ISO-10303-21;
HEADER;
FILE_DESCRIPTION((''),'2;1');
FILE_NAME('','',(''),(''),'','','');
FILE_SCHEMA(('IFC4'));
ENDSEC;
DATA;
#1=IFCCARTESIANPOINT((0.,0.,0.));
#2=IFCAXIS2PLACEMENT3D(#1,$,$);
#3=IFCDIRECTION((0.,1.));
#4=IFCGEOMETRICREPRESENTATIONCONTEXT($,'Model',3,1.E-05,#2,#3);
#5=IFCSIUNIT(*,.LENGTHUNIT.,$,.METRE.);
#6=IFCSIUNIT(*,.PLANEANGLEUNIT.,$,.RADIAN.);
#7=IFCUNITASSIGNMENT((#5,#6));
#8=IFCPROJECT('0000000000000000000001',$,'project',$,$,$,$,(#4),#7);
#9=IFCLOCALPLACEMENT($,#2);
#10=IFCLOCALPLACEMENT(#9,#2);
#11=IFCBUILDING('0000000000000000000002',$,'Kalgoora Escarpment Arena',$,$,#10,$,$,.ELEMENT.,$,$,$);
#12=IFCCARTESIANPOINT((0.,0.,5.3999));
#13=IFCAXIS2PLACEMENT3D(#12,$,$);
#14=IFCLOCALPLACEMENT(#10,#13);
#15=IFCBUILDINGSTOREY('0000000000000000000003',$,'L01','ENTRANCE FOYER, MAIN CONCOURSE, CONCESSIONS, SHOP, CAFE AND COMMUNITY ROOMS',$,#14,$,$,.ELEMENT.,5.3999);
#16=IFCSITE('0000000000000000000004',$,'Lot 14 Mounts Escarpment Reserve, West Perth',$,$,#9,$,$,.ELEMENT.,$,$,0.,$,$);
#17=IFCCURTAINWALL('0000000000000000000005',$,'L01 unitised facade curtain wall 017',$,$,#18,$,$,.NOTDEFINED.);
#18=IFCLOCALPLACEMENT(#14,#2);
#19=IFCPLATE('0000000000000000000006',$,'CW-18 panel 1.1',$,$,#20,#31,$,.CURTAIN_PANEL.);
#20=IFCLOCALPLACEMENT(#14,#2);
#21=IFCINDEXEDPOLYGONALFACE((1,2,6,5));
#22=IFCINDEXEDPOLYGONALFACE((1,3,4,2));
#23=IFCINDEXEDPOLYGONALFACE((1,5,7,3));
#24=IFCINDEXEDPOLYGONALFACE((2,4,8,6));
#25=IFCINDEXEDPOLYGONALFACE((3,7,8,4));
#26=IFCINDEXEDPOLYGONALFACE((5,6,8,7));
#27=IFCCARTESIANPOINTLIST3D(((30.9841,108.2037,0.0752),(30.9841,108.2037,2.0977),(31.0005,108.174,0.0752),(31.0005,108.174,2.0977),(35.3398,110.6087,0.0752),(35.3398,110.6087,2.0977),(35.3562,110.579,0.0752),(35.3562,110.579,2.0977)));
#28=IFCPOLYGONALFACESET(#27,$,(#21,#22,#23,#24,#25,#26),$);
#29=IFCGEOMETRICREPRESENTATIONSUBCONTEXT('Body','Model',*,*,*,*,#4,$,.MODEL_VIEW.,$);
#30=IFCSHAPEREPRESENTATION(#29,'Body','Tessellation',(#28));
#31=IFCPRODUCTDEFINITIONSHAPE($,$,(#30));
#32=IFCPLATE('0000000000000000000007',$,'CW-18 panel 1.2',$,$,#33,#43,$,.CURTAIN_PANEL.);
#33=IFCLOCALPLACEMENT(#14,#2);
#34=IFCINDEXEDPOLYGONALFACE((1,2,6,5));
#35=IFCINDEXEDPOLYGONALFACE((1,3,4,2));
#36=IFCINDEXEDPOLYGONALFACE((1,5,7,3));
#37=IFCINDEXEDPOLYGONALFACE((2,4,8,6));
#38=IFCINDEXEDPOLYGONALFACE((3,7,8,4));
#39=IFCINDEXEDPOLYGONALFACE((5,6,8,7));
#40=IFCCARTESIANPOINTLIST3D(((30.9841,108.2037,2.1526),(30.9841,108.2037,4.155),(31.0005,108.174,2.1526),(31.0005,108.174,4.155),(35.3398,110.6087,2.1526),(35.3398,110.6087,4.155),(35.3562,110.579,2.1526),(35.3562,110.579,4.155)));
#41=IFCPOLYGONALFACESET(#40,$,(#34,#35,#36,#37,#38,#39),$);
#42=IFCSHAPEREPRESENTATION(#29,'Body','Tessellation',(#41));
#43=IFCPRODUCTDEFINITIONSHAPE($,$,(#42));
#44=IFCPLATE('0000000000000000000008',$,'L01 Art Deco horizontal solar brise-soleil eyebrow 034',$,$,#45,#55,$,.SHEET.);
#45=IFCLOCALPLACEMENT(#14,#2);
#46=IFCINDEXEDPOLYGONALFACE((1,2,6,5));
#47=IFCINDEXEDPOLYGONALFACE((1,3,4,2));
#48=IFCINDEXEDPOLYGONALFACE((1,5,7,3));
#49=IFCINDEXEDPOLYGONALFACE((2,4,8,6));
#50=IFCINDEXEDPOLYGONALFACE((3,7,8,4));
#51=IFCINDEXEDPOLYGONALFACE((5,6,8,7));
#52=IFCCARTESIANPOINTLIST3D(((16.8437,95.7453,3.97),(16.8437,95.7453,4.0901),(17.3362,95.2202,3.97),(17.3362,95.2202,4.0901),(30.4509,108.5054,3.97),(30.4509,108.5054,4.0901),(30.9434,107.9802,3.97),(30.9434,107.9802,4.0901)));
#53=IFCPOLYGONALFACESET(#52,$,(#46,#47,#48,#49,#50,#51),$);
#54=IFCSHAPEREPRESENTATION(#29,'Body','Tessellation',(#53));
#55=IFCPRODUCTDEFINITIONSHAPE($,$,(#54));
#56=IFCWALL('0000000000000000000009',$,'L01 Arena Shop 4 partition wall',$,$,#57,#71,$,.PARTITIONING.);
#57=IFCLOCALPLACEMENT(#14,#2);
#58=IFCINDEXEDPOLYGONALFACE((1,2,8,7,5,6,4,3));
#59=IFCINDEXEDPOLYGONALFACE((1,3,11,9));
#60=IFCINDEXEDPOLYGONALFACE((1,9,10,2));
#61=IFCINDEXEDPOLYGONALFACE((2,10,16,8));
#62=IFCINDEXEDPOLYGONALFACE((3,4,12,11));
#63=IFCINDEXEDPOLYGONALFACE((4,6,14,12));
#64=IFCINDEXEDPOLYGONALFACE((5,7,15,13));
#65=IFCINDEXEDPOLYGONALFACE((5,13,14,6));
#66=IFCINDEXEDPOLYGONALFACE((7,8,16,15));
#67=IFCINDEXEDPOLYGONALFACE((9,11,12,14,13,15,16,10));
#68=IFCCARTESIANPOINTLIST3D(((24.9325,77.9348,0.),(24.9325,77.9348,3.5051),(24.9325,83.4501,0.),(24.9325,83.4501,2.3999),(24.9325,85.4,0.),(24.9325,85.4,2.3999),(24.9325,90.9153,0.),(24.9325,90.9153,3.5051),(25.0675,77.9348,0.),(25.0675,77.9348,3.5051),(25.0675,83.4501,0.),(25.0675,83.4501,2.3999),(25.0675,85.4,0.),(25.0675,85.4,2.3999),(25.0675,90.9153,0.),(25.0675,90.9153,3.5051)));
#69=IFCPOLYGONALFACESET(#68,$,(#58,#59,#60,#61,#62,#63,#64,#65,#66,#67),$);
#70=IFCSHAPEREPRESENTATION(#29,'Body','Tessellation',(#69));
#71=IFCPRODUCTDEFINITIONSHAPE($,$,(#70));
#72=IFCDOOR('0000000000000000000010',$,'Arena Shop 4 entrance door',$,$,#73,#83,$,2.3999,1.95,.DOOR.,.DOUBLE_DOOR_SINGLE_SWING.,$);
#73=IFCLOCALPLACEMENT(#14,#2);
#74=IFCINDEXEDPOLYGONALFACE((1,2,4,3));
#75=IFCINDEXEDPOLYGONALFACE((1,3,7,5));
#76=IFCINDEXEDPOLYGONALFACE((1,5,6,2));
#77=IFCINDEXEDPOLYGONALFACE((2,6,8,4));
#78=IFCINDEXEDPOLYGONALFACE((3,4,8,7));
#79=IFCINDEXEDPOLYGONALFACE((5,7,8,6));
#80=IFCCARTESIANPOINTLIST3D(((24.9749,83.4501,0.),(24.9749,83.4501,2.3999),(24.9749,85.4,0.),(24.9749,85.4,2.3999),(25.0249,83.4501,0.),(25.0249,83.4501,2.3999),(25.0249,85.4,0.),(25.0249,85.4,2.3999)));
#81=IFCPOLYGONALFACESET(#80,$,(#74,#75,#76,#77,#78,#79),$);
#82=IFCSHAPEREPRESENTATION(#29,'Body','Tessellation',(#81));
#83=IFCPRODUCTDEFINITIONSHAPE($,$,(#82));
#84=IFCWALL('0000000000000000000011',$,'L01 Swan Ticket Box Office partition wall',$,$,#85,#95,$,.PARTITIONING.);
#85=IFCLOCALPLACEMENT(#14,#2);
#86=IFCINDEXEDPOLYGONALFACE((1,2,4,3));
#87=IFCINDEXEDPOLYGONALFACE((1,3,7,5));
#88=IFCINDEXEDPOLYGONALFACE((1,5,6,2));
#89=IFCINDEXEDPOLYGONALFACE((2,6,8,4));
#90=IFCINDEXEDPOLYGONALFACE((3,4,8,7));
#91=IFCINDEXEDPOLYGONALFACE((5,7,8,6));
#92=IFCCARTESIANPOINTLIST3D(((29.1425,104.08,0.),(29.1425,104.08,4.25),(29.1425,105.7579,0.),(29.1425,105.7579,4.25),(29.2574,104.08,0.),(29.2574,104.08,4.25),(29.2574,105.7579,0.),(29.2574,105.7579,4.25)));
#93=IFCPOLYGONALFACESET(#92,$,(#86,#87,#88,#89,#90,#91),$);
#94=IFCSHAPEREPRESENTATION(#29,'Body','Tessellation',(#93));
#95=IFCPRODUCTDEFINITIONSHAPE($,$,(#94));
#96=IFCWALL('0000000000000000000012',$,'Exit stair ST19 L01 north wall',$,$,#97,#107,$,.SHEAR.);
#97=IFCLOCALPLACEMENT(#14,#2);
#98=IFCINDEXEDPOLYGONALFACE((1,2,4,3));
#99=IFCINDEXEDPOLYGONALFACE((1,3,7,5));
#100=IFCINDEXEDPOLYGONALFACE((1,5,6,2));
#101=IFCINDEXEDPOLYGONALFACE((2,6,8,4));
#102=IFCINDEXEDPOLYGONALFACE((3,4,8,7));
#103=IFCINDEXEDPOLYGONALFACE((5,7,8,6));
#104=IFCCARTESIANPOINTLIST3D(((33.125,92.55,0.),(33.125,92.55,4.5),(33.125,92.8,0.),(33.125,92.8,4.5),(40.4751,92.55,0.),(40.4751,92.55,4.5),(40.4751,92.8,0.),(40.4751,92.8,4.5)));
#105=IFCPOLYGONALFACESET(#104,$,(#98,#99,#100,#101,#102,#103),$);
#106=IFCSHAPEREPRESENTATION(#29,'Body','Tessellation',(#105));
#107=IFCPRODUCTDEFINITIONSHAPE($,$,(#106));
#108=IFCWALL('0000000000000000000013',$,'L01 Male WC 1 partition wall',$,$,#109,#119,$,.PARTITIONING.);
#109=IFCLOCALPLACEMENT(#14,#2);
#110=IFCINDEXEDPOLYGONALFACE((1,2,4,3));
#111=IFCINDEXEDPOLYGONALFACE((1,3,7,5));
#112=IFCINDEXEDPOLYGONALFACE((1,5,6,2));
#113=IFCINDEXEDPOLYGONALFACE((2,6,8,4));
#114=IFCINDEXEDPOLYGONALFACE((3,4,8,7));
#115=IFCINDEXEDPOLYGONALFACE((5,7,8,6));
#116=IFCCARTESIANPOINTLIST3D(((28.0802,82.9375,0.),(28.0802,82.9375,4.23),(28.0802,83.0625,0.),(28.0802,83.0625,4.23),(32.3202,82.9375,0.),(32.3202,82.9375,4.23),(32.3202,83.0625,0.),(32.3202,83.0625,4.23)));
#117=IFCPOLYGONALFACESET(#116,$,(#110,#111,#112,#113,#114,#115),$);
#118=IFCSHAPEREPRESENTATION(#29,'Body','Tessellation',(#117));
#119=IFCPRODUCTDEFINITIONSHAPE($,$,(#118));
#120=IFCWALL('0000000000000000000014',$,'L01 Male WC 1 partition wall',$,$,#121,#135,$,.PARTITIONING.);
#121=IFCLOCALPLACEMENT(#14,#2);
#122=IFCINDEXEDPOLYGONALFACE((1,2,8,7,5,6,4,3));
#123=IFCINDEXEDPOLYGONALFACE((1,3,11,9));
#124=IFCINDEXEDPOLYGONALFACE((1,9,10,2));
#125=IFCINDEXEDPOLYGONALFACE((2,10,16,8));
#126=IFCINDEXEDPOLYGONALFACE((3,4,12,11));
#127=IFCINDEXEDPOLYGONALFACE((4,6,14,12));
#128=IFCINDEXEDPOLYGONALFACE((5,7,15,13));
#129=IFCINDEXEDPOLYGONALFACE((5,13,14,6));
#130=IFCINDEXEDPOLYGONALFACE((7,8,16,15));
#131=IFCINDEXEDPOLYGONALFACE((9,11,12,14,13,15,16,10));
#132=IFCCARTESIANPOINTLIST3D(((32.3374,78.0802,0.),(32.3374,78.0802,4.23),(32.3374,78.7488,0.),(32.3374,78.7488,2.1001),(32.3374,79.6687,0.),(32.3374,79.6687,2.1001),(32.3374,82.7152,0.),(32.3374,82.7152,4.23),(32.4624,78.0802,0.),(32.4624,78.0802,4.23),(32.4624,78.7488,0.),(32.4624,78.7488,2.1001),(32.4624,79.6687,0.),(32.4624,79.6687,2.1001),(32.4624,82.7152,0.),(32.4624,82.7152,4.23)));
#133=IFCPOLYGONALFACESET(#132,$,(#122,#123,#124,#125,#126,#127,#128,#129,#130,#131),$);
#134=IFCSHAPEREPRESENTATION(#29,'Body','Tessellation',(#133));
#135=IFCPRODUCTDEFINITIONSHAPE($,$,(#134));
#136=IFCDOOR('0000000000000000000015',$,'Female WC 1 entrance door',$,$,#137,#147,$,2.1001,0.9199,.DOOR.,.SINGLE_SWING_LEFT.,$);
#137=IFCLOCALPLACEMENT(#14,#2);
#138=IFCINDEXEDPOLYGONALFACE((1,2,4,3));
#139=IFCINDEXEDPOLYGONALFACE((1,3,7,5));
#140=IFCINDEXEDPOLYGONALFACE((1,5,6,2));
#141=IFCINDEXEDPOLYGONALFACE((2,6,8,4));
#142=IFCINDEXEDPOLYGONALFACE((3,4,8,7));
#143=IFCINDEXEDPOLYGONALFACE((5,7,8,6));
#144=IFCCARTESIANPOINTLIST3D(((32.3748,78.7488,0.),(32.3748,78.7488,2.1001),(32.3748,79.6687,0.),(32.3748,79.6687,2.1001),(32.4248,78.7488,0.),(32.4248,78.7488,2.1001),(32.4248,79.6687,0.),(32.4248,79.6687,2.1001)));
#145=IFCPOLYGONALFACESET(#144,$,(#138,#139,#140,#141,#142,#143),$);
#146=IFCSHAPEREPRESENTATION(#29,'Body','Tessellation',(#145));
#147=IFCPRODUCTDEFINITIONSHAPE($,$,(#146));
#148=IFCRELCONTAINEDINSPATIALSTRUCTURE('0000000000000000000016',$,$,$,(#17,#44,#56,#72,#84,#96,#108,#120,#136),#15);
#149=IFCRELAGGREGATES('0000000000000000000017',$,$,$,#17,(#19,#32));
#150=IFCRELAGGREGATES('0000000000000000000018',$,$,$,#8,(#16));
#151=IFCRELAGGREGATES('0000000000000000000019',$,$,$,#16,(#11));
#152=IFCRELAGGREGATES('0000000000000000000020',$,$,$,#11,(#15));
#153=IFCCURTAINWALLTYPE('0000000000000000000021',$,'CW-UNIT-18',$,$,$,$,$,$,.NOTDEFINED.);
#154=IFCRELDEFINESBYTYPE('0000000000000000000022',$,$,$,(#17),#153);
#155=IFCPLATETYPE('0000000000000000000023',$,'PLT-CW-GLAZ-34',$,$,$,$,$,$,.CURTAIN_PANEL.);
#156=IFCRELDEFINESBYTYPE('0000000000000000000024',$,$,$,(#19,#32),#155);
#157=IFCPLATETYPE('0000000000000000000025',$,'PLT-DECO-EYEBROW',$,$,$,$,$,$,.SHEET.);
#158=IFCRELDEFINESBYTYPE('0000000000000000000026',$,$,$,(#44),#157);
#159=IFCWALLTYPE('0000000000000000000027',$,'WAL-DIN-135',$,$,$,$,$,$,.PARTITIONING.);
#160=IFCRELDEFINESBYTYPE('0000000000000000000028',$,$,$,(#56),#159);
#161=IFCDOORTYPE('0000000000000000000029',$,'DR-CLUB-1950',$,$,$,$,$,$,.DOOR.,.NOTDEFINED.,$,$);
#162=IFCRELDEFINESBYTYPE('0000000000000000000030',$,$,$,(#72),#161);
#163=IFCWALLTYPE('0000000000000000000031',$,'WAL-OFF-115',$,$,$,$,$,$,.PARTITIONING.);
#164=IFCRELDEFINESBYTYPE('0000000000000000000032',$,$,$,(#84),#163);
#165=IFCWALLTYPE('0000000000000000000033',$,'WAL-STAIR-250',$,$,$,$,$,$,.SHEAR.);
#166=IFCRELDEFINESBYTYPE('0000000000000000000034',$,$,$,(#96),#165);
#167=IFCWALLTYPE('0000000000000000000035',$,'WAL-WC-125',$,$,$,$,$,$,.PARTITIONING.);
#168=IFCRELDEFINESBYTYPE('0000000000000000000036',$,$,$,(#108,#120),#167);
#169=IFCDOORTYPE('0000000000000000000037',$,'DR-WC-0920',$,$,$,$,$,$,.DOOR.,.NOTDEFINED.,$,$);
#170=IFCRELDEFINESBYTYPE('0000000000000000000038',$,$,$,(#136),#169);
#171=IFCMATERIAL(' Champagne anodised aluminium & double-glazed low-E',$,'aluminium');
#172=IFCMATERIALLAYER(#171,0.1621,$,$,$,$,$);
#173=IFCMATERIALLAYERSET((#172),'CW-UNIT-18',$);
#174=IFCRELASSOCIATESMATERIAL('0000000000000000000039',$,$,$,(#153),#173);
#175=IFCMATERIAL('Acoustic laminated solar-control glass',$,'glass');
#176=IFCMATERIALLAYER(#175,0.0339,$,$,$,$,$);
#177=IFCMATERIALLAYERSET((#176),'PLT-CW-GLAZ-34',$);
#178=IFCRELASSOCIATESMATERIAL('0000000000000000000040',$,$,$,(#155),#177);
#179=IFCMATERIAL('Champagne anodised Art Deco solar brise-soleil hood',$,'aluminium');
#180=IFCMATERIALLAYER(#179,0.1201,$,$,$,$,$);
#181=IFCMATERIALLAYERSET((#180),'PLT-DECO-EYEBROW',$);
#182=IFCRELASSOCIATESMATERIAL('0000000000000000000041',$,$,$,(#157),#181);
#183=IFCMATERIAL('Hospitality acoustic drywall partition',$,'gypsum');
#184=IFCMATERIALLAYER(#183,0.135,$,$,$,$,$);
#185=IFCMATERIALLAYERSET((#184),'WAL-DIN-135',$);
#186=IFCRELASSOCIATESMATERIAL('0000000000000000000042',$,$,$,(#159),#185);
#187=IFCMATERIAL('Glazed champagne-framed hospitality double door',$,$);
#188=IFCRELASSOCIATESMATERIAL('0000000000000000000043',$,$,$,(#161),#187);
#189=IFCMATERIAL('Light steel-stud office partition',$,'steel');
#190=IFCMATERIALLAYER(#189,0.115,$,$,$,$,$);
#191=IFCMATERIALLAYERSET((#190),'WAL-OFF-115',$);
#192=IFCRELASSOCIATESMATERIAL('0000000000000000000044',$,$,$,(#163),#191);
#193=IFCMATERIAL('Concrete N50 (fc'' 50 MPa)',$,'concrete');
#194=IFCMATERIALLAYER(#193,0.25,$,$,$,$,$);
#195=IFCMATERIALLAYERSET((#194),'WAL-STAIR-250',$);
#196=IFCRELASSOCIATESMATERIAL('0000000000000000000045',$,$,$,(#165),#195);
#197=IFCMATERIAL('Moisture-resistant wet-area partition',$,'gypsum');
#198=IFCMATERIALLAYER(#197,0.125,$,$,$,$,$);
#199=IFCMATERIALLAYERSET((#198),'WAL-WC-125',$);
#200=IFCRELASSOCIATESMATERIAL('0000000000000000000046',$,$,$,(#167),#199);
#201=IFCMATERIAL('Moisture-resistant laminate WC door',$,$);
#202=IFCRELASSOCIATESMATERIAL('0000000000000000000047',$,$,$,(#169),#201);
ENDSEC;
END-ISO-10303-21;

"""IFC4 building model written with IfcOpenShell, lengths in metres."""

from ifc_helpers import new_model, si_unit, direction, frame, frame_2d, origin, origin_2d, place, context, subcontext, project, spatial, rectangle, extrude, material, layer, layer_set, type_object, element, fill, aggregate, save


model = new_model("IFC4")

# Units and contexts
model_context = context("Model", 3, precision=1e-05, world=origin(), true_north=direction((0.0, 1.0)))
body_context = subcontext(model_context, "Body", "Model", "MODEL_VIEW")
ifc_project = project(units=[si_unit("LENGTHUNIT", "METRE"), si_unit("PLANEANGLEUNIT", "RADIAN")], contexts=[model_context])

# Site, building, storey
site_placement = place(None, origin())
site = spatial("IfcSite", under=ifc_project, at=site_placement, Name="Lot 14 Mounts Escarpment Reserve, West Perth", CompositionType="ELEMENT", RefElevation=0.0)
building_placement = place(site_placement, origin())
building = spatial("IfcBuilding", under=site, at=building_placement, Name="Kalgoora Escarpment Arena", CompositionType="ELEMENT")
storey_placement = place(building_placement, frame((0.0, 0.0, 5.3999)))
storey = spatial("IfcBuildingStorey", under=building, at=storey_placement, Name="L01", Description="ENTRANCE FOYER, MAIN CONCOURSE, CONCESSIONS, SHOP, CAFE AND COMMUNITY ROOMS", CompositionType="ELEMENT", Elevation=5.3999)

# Curtain wall
ifc_material_1 = material(Name=" Champagne anodised aluminium & double-glazed low-E", Category="aluminium")
ifc_layer_1 = layer(ifc_material_1, 0.1621)
ifc_layer_set_1 = layer_set([ifc_layer_1], Name="CW-UNIT-18")
curtain_wall_type = type_object("IfcCurtainWallType", Name="CW-UNIT-18", PredefinedType="NOTDEFINED", material=ifc_layer_set_1)
curtain_wall_placement = place(storey_placement, origin())
curtain_wall = element("IfcCurtainWall", 1, at=curtain_wall_placement, inside=storey, type_object=curtain_wall_type, Name="L01 unitised facade curtain wall 017", PredefinedType="NOTDEFINED")

# Plates
ifc_material_2 = material(Name="Acoustic laminated solar-control glass", Category="glass")
ifc_layer_2 = layer(ifc_material_2, 0.0339)
ifc_layer_set_2 = layer_set([ifc_layer_2], Name="PLT-CW-GLAZ-34")
plate_type_1 = type_object("IfcPlateType", Name="PLT-CW-GLAZ-34", PredefinedType="CURTAIN_PANEL", material=ifc_layer_set_2)
plate_1_placement = place(storey_placement, frame((33.1702, 109.3914, 0.0752), z_axis=(0.0, 0.0, 1.0), x_axis=(0.875423, 0.483359, 0.0)))
plate_1 = element("IfcPlate", 2, at=plate_1_placement, type_object=plate_type_1, Name="CW-18 panel 1.1", PredefinedType="CURTAIN_PANEL", context=body_context, shape_type="SweptSolid", body=[
    extrude(rectangle(XDim=4.9756, YDim=0.0339, at=origin_2d()), origin(), (0.0, 0.0, 1.0), 2.0225),
])
plate_2_placement = place(storey_placement, frame((33.1702, 109.3914, 2.1526), z_axis=(0.0, 0.0, 1.0), x_axis=(0.875423, 0.483359, 0.0)))
plate_2 = element("IfcPlate", 3, at=plate_2_placement, type_object=plate_type_1, Name="CW-18 panel 1.2", PredefinedType="CURTAIN_PANEL", context=body_context, shape_type="SweptSolid", body=[
    extrude(rectangle(XDim=4.9756, YDim=0.0339, at=origin_2d()), origin(), (0.0, 0.0, 1.0), 2.0024),
])
aggregate(curtain_wall, [plate_1, plate_2])
ifc_material_3 = material(Name="Champagne anodised Art Deco solar brise-soleil hood", Category="aluminium")
ifc_layer_3 = layer(ifc_material_3, 0.1201)
ifc_layer_set_3 = layer_set([ifc_layer_3], Name="PLT-DECO-EYEBROW")
plate_type_2 = type_object("IfcPlateType", Name="PLT-DECO-EYEBROW", PredefinedType="SHEET", material=ifc_layer_set_3)
plate_3_placement = place(storey_placement, frame((23.8936, 101.8628, 3.97), z_axis=(0.0, 0.0, 1.0), x_axis=(0.729446, 0.684038, 0.0)))
element("IfcPlate", 4, at=plate_3_placement, inside=storey, type_object=plate_type_2, Name="L01 Art Deco horizontal solar brise-soleil eyebrow 034", PredefinedType="SHEET", context=body_context, shape_type="SweptSolid", body=[
    extrude(rectangle(XDim=18.6541, YDim=0.72, at=origin_2d()), origin(), (0.0, 0.0, 1.0), 0.1201),
])

# Wall, opening, door
ifc_material_4 = material(Name="Hospitality acoustic drywall partition", Category="gypsum")
ifc_layer_4 = layer(ifc_material_4, 0.135)
ifc_layer_set_4 = layer_set([ifc_layer_4], Name="WAL-DIN-135")
wall_type_1 = type_object("IfcWallType", Name="WAL-DIN-135", PredefinedType="PARTITIONING", material=ifc_layer_set_4)
wall_1_placement = place(storey_placement, frame((25.0, 90.9153, 0.0), z_axis=(0.0, 0.0, 1.0), x_axis=(0.0, -1.0, 0.0)))
wall_1 = element("IfcWall", 5, at=wall_1_placement, inside=storey, type_object=wall_type_1, Name="L01 Arena Shop 4 partition wall", PredefinedType="PARTITIONING", context=body_context, shape_type="SweptSolid", body=[
    extrude(rectangle(XDim=12.9805, YDim=0.135, at=frame_2d((6.4902, 0.0))), origin(), (0.0, 0.0, 1.0), 3.5051),
])
opening_1_placement = place(wall_1_placement, frame((5.5151, 0.0, 0.0)))
opening_1 = element("IfcOpeningElement", 6, at=opening_1_placement, cuts=wall_1, PredefinedType="OPENING", context=body_context, shape_type="SweptSolid", body=[
    extrude(rectangle(XDim=1.95, YDim=2.3999, at=frame_2d((0.9751, 1.2))), frame((0.0, 0.0774, 0.0), z_axis=(0.0, -1.0, 0.0), x_axis=(1.0, 0.0, 0.0)), (0.0, 0.0, 1.0), 0.155),
])
ifc_material_5 = material(Name="Glazed champagne-framed hospitality double door")
door_type_1 = type_object("IfcDoorType", Name="DR-CLUB-1950", OperationType="NOTDEFINED", PredefinedType="DOOR", material=ifc_material_5)
door_1_placement = place(opening_1_placement, origin())
door_1 = element("IfcDoor", 7, at=door_1_placement, inside=storey, type_object=door_type_1, Name="Arena Shop 4 entrance door", OperationType="DOUBLE_DOOR_SINGLE_SWING", OverallHeight=2.3999, OverallWidth=1.95, PredefinedType="DOOR", context=body_context, shape_type="SweptSolid", body=[
    extrude(rectangle(XDim=1.95, YDim=2.3999, at=frame_2d((0.9751, 1.2))), frame((0.0, 0.0249, 0.0), z_axis=(0.0, -1.0, 0.0), x_axis=(1.0, 0.0, 0.0)), (0.0, 0.0, 1.0), 0.05),
])
fill(opening_1, door_1)

# Walls
ifc_material_6 = material(Name="Light steel-stud office partition", Category="steel")
ifc_layer_5 = layer(ifc_material_6, 0.115)
ifc_layer_set_5 = layer_set([ifc_layer_5], Name="WAL-OFF-115")
wall_type_2 = type_object("IfcWallType", Name="WAL-OFF-115", PredefinedType="PARTITIONING", material=ifc_layer_set_5)
wall_2_placement = place(storey_placement, frame((29.2, 104.0801, 0.0), z_axis=(0.0, 0.0, 1.0), x_axis=(0.0, 1.0, 0.0)))
element("IfcWall", 8, at=wall_2_placement, inside=storey, type_object=wall_type_2, Name="L01 Swan Ticket Box Office partition wall", PredefinedType="PARTITIONING", context=body_context, shape_type="SweptSolid", body=[
    extrude(rectangle(XDim=1.678, YDim=0.115, at=frame_2d((0.8389, 0.0))), origin(), (0.0, 0.0, 1.0), 4.25),
])
ifc_material_7 = material(Name="Concrete N50 (fc' 50 MPa)", Category="concrete")
ifc_layer_6 = layer(ifc_material_7, 0.25)
ifc_layer_set_6 = layer_set([ifc_layer_6], Name="WAL-STAIR-250")
wall_type_3 = type_object("IfcWallType", Name="WAL-STAIR-250", PredefinedType="SHEAR", material=ifc_layer_set_6)
wall_3_placement = place(storey_placement, frame((33.125, 92.675, 0.0), z_axis=(0.0, 0.0, 1.0), x_axis=(1.0, 0.0, 0.0)))
element("IfcWall", 9, at=wall_3_placement, inside=storey, type_object=wall_type_3, Name="Exit stair ST19 L01 north wall", PredefinedType="SHEAR", context=body_context, shape_type="SweptSolid", body=[
    extrude(rectangle(XDim=7.3501, YDim=0.25, at=frame_2d((3.675, 0.0))), origin(), (0.0, 0.0, 1.0), 4.5),
])
ifc_material_8 = material(Name="Moisture-resistant wet-area partition", Category="gypsum")
ifc_layer_7 = layer(ifc_material_8, 0.125)
ifc_layer_set_7 = layer_set([ifc_layer_7], Name="WAL-WC-125")
wall_type_4 = type_object("IfcWallType", Name="WAL-WC-125", PredefinedType="PARTITIONING", material=ifc_layer_set_7)
wall_4_placement = place(storey_placement, frame((28.0801, 83.0, 0.0), z_axis=(0.0, 0.0, 1.0), x_axis=(1.0, 0.0, 0.0)))
element("IfcWall", 10, at=wall_4_placement, inside=storey, type_object=wall_type_4, Name="L01 Male WC 1 partition wall", PredefinedType="PARTITIONING", context=body_context, shape_type="SweptSolid", body=[
    extrude(rectangle(XDim=4.24, YDim=0.125, at=frame_2d((2.1201, 0.0))), origin(), (0.0, 0.0, 1.0), 4.23),
])

# Wall, opening, door
wall_5_placement = place(storey_placement, frame((32.3999, 82.7151, 0.0), z_axis=(0.0, 0.0, 1.0), x_axis=(0.0, -1.0, 0.0)))
wall_5 = element("IfcWall", 11, at=wall_5_placement, inside=storey, type_object=wall_type_4, Name="L01 Male WC 1 partition wall", PredefinedType="PARTITIONING", context=body_context, shape_type="SweptSolid", body=[
    extrude(rectangle(XDim=4.635, YDim=0.125, at=frame_2d((2.3174, 0.0))), origin(), (0.0, 0.0, 1.0), 4.23),
])
opening_2_placement = place(wall_5_placement, frame((3.0464, 0.0, 0.0)))
opening_2 = element("IfcOpeningElement", 12, at=opening_2_placement, cuts=wall_5, PredefinedType="OPENING", context=body_context, shape_type="SweptSolid", body=[
    extrude(rectangle(XDim=0.9199, YDim=2.1001, at=frame_2d((0.46, 1.05))), frame((0.0, 0.0725, 0.0), z_axis=(0.0, -1.0, 0.0), x_axis=(1.0, 0.0, 0.0)), (0.0, 0.0, 1.0), 0.145),
])
ifc_material_9 = material(Name="Moisture-resistant laminate WC door")
door_type_2 = type_object("IfcDoorType", Name="DR-WC-0920", OperationType="NOTDEFINED", PredefinedType="DOOR", material=ifc_material_9)
door_2_placement = place(opening_2_placement, origin())
door_2 = element("IfcDoor", 13, at=door_2_placement, inside=storey, type_object=door_type_2, Name="Female WC 1 entrance door", OperationType="SINGLE_SWING_LEFT", OverallHeight=2.1001, OverallWidth=0.9199, PredefinedType="DOOR", context=body_context, shape_type="SweptSolid", body=[
    extrude(rectangle(XDim=0.9199, YDim=2.1001, at=frame_2d((0.46, 1.05))), frame((0.0, 0.0249, 0.0), z_axis=(0.0, -1.0, 0.0), x_axis=(1.0, 0.0, 0.0)), (0.0, 0.0, 1.0), 0.05),
])
fill(opening_2, door_2)

save(model, "model.ifc")
